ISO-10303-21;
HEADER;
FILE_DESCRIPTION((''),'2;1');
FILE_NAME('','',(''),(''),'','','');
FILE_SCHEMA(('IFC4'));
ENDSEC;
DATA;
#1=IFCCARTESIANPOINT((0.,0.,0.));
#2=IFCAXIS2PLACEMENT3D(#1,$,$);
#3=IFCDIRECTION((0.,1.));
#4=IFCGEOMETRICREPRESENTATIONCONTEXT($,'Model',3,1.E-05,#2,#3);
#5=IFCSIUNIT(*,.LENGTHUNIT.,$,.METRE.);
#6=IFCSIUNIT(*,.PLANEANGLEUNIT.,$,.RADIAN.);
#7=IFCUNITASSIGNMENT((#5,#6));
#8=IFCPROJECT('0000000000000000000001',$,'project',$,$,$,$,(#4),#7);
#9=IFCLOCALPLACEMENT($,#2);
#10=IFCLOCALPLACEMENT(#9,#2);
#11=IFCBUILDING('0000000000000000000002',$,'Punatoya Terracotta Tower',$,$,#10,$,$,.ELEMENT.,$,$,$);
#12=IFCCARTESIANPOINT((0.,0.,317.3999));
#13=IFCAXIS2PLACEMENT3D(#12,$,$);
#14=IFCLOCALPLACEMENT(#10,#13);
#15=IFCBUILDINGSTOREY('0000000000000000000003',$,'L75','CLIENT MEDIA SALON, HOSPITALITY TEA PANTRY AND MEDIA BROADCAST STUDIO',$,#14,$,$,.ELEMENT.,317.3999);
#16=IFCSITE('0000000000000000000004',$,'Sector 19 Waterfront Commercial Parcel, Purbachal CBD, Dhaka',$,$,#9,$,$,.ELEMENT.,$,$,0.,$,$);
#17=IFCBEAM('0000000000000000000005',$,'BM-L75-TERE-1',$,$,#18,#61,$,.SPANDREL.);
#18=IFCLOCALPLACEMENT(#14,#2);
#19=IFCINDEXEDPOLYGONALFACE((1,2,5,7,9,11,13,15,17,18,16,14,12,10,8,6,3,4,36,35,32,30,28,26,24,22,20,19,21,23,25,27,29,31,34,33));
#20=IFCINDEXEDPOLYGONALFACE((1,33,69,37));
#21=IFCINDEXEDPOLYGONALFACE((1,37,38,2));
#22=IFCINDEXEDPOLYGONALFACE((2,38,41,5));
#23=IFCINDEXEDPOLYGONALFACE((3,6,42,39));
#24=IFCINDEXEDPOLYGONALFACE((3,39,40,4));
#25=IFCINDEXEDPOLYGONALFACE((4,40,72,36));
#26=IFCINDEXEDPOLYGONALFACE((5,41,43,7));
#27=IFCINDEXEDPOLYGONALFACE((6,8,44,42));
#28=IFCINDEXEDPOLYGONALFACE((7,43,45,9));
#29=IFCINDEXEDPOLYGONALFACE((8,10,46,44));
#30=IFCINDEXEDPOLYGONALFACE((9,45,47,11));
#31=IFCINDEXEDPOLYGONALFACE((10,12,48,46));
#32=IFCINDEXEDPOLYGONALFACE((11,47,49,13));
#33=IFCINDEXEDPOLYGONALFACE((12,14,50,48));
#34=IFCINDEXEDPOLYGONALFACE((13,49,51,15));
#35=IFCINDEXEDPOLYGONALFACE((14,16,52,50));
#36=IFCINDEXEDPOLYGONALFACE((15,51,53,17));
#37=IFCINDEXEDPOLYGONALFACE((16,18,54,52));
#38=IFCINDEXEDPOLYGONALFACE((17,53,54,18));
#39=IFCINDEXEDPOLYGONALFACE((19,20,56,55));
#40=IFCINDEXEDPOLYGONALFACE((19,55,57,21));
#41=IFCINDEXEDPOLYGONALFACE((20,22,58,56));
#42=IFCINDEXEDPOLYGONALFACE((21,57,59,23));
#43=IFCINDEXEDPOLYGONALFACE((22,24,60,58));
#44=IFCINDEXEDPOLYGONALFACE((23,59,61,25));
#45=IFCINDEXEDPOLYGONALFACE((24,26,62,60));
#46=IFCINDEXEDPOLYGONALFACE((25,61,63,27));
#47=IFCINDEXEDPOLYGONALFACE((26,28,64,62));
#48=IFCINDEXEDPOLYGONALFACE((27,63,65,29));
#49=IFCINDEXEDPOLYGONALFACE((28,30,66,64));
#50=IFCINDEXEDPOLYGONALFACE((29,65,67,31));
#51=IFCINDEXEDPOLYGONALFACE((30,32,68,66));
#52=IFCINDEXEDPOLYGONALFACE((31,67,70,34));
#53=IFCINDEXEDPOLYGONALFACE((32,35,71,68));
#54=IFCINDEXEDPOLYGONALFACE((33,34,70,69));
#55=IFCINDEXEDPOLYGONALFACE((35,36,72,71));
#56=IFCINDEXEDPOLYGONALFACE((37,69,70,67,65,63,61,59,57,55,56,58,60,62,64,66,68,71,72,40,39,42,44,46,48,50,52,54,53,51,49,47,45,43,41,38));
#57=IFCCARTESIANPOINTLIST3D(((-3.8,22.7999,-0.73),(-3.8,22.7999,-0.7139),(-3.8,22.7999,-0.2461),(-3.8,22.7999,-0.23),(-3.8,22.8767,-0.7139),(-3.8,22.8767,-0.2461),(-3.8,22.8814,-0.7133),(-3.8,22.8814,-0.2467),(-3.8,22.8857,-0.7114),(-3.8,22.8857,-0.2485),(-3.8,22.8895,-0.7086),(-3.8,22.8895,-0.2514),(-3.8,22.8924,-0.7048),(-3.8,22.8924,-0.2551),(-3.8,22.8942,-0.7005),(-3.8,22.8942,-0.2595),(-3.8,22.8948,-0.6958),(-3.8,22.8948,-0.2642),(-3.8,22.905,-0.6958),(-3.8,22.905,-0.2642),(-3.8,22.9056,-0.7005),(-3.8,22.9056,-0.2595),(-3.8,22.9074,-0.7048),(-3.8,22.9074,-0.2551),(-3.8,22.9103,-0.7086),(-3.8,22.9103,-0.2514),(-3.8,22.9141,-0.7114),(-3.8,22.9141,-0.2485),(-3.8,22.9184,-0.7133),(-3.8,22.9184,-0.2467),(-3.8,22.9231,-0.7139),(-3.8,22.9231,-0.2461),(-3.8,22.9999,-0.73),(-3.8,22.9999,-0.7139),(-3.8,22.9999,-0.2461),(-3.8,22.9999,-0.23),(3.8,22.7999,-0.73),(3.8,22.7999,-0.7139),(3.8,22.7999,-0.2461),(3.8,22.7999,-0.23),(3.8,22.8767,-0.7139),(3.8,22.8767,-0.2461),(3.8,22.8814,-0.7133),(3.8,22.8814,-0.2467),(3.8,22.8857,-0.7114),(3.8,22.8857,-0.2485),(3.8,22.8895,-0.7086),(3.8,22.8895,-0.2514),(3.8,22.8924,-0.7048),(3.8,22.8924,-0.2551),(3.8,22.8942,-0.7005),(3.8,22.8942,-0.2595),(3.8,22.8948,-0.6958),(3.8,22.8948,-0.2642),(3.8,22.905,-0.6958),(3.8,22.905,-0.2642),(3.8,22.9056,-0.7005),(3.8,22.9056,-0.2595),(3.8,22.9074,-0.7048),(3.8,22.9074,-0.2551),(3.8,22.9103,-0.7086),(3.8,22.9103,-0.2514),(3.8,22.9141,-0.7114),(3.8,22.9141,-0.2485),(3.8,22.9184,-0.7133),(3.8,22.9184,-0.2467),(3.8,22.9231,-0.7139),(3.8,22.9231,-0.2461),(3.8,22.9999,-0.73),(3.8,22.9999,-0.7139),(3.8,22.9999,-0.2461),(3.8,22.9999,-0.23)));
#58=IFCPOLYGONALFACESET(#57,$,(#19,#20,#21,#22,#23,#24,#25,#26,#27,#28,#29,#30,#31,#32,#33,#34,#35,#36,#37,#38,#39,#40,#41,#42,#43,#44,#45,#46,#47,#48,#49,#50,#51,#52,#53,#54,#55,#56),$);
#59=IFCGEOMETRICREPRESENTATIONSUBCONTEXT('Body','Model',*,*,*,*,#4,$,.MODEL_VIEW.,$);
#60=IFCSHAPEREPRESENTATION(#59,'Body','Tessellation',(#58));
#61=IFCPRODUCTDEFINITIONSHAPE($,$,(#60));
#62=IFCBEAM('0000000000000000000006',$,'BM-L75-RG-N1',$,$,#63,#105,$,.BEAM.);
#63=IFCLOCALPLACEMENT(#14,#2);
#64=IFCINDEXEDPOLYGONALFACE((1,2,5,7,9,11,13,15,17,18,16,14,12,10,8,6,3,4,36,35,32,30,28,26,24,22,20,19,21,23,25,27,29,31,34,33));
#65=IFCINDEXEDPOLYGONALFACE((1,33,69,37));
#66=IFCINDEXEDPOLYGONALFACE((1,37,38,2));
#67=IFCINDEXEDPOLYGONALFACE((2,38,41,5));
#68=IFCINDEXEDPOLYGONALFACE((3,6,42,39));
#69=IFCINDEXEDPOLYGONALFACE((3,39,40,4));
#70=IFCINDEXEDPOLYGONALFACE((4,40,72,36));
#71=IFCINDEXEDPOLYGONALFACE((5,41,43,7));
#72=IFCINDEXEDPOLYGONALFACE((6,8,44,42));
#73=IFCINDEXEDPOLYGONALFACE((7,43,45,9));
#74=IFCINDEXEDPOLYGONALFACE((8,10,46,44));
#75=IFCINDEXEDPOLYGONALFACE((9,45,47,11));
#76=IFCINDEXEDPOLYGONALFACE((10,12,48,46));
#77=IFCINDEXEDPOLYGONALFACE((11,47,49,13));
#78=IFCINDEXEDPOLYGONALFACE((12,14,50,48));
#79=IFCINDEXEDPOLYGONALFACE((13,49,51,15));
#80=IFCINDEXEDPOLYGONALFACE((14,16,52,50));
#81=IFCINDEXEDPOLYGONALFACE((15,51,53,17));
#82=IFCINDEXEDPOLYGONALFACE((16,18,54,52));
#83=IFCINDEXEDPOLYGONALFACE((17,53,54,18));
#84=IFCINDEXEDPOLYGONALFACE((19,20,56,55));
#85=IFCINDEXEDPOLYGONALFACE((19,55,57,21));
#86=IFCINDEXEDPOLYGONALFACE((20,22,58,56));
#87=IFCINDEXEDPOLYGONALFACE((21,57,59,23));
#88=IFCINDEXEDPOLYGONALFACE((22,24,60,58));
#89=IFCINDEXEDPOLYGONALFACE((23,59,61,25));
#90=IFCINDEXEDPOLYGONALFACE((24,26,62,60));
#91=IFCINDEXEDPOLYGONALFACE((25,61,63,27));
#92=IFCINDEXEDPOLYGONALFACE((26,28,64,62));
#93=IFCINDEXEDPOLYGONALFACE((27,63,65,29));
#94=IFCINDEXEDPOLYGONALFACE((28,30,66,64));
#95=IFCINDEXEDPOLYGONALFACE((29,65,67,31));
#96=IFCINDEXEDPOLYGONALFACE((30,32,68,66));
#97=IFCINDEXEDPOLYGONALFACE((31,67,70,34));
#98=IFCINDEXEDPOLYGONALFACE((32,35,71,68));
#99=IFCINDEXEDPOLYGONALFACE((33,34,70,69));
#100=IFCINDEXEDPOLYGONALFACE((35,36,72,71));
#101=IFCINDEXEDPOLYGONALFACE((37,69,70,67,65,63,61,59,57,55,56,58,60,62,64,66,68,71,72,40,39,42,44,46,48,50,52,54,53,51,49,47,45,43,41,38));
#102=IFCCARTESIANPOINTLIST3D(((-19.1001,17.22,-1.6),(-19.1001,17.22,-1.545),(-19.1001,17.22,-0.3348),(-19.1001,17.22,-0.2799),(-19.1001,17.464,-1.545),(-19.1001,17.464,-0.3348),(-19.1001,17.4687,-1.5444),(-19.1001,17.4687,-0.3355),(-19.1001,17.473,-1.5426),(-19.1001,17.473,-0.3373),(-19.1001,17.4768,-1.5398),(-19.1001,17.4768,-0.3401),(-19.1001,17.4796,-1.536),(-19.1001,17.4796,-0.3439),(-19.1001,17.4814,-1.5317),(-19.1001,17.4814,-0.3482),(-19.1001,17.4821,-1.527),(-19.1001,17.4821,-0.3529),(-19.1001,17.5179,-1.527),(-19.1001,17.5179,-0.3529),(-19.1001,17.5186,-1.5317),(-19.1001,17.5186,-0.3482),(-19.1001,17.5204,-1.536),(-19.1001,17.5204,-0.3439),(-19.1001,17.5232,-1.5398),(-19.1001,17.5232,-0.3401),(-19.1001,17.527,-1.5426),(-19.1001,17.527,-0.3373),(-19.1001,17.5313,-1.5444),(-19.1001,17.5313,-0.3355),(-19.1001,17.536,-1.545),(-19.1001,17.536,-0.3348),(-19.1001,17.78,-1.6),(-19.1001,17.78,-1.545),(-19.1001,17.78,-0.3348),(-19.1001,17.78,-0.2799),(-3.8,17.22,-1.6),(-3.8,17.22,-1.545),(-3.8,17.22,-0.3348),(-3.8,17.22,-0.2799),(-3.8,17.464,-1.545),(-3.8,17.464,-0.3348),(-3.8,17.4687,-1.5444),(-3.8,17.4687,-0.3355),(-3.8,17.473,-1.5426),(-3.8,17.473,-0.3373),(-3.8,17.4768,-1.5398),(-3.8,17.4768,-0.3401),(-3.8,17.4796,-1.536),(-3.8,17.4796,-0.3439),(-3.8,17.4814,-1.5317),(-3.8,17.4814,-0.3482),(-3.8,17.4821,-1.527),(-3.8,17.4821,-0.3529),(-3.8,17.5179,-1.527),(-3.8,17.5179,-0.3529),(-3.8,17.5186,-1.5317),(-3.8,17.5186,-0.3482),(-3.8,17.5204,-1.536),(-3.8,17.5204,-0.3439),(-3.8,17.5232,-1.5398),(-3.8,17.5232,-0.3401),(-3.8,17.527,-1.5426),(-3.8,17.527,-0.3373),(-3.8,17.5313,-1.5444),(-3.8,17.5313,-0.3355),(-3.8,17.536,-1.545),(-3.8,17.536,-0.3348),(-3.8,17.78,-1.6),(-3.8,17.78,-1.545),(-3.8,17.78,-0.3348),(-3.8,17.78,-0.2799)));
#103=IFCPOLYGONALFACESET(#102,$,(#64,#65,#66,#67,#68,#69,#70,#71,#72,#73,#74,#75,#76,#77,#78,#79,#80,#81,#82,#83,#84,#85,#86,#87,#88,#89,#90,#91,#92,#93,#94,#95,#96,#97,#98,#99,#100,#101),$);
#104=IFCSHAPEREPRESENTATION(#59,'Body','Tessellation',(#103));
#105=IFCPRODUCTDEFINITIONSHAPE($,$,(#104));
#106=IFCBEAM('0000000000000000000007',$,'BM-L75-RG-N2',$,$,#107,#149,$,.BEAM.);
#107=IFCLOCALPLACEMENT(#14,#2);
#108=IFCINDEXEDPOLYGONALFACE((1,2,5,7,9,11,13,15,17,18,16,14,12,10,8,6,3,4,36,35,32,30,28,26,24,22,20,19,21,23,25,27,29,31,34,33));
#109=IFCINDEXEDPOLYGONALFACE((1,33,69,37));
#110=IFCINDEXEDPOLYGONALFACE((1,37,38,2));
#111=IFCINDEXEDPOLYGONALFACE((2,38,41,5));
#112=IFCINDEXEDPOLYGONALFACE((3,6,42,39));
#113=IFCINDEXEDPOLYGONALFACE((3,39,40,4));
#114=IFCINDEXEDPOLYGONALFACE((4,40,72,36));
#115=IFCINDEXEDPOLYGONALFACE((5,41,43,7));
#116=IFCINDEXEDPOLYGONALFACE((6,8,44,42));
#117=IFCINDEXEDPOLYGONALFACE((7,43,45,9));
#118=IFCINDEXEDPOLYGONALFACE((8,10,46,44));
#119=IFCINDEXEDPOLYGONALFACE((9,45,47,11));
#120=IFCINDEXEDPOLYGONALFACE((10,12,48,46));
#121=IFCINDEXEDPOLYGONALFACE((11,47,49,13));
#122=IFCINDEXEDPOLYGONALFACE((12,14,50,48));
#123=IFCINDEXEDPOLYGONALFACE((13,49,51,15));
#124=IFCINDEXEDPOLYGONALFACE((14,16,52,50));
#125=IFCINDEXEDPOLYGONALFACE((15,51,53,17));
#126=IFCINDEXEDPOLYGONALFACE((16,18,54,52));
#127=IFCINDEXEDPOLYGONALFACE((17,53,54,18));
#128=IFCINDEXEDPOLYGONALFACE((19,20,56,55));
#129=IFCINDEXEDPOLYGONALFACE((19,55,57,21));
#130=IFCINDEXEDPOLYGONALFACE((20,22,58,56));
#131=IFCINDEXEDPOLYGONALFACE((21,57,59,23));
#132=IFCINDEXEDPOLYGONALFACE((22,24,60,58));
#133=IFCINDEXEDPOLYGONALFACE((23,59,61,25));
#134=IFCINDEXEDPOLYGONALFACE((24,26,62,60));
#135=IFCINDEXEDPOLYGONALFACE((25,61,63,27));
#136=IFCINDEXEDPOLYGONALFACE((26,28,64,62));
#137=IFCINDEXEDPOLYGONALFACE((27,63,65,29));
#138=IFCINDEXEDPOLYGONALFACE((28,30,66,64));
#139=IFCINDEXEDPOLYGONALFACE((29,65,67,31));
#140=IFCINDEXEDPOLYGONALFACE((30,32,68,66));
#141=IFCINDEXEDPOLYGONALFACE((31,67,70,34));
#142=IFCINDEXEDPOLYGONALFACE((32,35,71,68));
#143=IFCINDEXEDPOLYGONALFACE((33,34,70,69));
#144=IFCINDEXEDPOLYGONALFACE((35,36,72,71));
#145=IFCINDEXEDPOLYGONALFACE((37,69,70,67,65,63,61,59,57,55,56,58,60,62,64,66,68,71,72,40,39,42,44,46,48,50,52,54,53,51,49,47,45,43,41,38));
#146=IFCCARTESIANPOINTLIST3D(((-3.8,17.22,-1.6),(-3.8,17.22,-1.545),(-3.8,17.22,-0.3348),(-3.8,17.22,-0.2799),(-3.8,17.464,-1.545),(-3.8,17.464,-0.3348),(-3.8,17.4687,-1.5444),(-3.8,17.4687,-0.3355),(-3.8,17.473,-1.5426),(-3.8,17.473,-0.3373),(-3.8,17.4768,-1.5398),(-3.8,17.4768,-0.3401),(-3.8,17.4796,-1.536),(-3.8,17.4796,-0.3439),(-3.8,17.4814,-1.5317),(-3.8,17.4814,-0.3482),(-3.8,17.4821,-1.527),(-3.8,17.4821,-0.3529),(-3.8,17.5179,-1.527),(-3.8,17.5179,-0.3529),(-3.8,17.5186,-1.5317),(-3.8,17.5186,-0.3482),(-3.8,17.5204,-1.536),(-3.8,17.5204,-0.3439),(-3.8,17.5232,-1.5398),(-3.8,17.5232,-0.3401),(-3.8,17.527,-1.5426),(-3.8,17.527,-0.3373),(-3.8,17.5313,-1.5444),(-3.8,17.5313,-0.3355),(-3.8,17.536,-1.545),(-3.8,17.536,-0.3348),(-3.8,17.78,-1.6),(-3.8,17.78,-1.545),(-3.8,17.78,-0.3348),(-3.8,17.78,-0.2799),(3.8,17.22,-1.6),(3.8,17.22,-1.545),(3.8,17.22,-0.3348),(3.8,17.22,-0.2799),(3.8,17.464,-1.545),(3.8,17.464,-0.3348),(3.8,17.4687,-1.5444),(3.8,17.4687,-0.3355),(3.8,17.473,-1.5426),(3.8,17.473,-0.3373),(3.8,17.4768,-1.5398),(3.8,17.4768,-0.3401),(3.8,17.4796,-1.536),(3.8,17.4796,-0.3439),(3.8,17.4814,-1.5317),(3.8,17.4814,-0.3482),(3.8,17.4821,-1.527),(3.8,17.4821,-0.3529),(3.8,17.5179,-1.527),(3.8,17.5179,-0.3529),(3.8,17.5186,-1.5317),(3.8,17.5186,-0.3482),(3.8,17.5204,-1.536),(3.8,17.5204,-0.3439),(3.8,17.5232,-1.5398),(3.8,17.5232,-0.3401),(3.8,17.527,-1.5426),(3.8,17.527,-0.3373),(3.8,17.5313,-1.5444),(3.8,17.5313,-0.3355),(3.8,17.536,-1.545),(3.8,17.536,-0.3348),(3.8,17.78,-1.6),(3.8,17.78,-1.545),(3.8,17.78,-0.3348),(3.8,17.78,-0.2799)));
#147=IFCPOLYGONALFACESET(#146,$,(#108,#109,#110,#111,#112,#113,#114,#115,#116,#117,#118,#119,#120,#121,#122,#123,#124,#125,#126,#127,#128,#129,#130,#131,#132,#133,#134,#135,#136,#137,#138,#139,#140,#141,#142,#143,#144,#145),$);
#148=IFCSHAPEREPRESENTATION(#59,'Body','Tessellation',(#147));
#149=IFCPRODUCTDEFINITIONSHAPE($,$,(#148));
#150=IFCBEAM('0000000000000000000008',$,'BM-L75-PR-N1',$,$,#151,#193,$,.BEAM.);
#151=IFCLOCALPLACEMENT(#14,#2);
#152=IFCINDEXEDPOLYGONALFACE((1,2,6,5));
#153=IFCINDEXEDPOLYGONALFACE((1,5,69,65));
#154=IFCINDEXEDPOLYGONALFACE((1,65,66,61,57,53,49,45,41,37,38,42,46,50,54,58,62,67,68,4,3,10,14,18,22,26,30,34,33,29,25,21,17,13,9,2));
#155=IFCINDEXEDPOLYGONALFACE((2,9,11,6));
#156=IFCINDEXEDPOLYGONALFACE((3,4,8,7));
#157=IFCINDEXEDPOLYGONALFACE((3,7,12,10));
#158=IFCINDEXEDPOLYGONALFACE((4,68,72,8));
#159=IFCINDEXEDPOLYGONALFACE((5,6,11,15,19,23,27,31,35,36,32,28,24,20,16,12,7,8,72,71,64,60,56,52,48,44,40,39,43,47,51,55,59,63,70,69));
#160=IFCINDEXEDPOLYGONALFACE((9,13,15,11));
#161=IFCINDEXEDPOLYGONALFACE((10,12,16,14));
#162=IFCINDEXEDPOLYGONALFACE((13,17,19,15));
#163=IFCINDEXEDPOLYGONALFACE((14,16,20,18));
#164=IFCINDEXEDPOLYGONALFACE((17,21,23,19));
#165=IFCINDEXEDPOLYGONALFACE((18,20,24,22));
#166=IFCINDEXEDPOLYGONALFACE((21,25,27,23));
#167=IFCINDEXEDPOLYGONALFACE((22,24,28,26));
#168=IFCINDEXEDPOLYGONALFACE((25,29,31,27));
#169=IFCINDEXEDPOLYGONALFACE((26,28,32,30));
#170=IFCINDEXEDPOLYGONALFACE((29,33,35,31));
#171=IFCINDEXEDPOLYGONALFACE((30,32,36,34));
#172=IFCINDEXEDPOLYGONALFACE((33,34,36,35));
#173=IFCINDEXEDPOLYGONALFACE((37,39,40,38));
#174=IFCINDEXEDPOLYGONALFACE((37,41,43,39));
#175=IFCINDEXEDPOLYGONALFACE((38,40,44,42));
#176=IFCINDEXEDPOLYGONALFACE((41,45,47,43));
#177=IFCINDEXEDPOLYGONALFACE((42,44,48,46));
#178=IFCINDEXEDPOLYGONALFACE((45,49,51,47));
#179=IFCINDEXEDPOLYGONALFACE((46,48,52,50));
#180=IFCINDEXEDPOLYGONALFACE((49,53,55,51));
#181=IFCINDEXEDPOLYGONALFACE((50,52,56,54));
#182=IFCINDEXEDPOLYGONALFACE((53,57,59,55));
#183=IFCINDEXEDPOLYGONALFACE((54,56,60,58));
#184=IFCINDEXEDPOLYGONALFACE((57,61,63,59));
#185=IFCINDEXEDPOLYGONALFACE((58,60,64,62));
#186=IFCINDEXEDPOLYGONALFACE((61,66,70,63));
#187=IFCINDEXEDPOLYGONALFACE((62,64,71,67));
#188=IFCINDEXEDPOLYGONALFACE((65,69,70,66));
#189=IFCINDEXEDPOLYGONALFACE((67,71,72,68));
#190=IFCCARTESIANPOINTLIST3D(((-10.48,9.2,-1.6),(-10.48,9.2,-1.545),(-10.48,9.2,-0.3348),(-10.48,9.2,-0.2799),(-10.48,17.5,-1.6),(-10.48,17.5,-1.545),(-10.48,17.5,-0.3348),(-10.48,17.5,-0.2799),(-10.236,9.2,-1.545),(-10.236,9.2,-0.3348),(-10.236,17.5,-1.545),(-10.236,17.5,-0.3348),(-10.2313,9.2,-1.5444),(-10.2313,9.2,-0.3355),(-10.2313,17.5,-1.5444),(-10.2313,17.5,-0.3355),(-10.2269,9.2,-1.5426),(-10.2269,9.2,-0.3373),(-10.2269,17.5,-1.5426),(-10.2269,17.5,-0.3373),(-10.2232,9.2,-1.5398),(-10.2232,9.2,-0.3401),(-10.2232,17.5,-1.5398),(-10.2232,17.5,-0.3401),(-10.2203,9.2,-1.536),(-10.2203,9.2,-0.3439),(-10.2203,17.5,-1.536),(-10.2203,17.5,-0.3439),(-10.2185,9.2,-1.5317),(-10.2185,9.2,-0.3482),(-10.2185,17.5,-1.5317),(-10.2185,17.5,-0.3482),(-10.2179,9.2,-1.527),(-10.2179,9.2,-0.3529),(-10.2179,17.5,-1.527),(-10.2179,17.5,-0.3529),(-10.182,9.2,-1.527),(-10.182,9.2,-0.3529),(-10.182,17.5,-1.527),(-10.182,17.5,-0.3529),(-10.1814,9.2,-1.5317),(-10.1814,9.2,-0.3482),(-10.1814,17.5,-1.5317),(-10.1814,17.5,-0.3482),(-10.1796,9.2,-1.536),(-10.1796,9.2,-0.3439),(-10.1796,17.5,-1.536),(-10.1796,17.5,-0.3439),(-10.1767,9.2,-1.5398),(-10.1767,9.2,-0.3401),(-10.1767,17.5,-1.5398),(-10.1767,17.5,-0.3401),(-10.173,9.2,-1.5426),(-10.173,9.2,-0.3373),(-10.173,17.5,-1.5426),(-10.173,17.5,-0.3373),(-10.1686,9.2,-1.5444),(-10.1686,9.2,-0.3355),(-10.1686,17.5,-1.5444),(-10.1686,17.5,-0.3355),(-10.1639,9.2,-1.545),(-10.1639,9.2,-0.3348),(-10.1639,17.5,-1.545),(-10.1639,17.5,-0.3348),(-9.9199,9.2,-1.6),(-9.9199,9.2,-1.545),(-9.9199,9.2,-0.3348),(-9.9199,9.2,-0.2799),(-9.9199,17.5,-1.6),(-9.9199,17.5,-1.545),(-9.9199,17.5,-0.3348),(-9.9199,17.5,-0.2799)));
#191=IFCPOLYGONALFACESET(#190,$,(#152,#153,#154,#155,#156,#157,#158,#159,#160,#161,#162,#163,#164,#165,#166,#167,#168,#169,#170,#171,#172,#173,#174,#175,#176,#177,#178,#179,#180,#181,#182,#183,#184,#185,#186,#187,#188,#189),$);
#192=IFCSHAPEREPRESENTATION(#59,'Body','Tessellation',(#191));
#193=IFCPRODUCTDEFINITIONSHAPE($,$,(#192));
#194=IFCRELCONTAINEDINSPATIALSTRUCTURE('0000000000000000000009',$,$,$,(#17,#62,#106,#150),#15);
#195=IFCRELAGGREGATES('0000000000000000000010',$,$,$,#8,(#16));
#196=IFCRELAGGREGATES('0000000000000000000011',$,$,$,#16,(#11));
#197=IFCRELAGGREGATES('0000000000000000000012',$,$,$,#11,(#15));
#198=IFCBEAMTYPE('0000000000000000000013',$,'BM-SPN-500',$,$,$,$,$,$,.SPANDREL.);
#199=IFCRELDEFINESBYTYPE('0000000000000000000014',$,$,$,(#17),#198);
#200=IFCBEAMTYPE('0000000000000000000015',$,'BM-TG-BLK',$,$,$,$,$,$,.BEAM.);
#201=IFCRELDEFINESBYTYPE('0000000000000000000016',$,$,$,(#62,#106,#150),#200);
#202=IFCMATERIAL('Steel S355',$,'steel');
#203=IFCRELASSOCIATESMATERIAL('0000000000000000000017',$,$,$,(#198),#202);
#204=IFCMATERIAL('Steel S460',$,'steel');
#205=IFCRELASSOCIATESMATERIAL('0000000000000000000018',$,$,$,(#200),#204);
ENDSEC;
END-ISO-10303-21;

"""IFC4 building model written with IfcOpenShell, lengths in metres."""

from ifc_helpers import new_model, si_unit, direction, frame, origin, origin_2d, place, context, subcontext, project, spatial, i_section, extrude, material, material_profile, profile_set, type_object, element, save


model = new_model("IFC4")

# Units and contexts
model_context = context("Model", 3, precision=1e-05, world=origin(), true_north=direction((0.0, 1.0)))
body_context = subcontext(model_context, "Body", "Model", "MODEL_VIEW")
ifc_project = project(units=[si_unit("LENGTHUNIT", "METRE"), si_unit("PLANEANGLEUNIT", "RADIAN")], contexts=[model_context])

# Site, building, storey
site_placement = place(None, origin())
site = spatial("IfcSite", under=ifc_project, at=site_placement, Name="Sector 19 Waterfront Commercial Parcel, Purbachal CBD, Dhaka", CompositionType="ELEMENT", RefElevation=0.0)
building_placement = place(site_placement, origin())
building = spatial("IfcBuilding", under=site, at=building_placement, Name="Punatoya Terracotta Tower", CompositionType="ELEMENT")
storey_placement = place(building_placement, frame((0.0, 0.0, 317.3999)))
storey = spatial("IfcBuildingStorey", under=building, at=storey_placement, Name="L75", Description="CLIENT MEDIA SALON, HOSPITALITY TEA PANTRY AND MEDIA BROADCAST STUDIO", CompositionType="ELEMENT", Elevation=317.3999)

# Shared definitions
ifc_material_1 = material(Name="Steel S460", Category="steel")

# Beams
ifc_material_2 = material(Name="Steel S355", Category="steel")
ifc_material_profile_1 = material_profile(ifc_material_2, i_section(OverallWidth=0.2, OverallDepth=0.5, WebThickness=0.0103, FlangeThickness=0.0161, FilletRadius=0.0181, at=origin_2d()))
ifc_profile_set_1 = profile_set([ifc_material_profile_1], Name="Steel S355")
beam_type_1 = type_object("IfcBeamType", Name="BM-SPN-500", PredefinedType="SPANDREL", material=ifc_profile_set_1)
beam_1_placement = place(storey_placement, frame((-3.8, 22.8999, -0.48), z_axis=(1.0, 0.0, 0.0), x_axis=(0.0, 1.0, 0.0)))
element("IfcBeam", 1, at=beam_1_placement, inside=storey, type_object=beam_type_1, Name="BM-L75-TERE-1", PredefinedType="SPANDREL", context=body_context, shape_type="SweptSolid", body=[
    extrude(i_section(OverallWidth=0.2, OverallDepth=0.5, WebThickness=0.0103, FlangeThickness=0.0161, FilletRadius=0.0181, at=origin_2d()), origin(), (0.0, 0.0, 1.0), 7.6001),
])
ifc_material_profile_2 = material_profile(ifc_material_1, i_section(OverallWidth=0.5601, OverallDepth=1.3201, WebThickness=0.0359, FlangeThickness=0.0549, FilletRadius=0.0181, at=origin_2d()))
ifc_profile_set_2 = profile_set([ifc_material_profile_2], Name="Steel S460")
beam_type_2 = type_object("IfcBeamType", Name="BM-TG-BLK", PredefinedType="BEAM", material=ifc_profile_set_2)
beam_2_placement = place(storey_placement, frame((-19.1001, 17.5, -0.9399), z_axis=(1.0, 0.0, 0.0), x_axis=(0.0, 1.0, 0.0)))
element("IfcBeam", 2, at=beam_2_placement, inside=storey, type_object=beam_type_2, Name="BM-L75-RG-N1", PredefinedType="BEAM", context=body_context, shape_type="SweptSolid", body=[
    extrude(i_section(OverallWidth=0.5601, OverallDepth=1.3201, WebThickness=0.0359, FlangeThickness=0.0549, FilletRadius=0.0181, at=origin_2d()), origin(), (0.0, 0.0, 1.0), 15.3),
])
beam_3_placement = place(storey_placement, frame((-3.8, 17.5, -0.9399), z_axis=(1.0, 0.0, 0.0), x_axis=(0.0, 1.0, 0.0)))
element("IfcBeam", 3, at=beam_3_placement, inside=storey, type_object=beam_type_2, Name="BM-L75-RG-N2", PredefinedType="BEAM", context=body_context, shape_type="SweptSolid", body=[
    extrude(i_section(OverallWidth=0.5601, OverallDepth=1.3201, WebThickness=0.0359, FlangeThickness=0.0549, FilletRadius=0.0181, at=origin_2d()), origin(), (0.0, 0.0, 1.0), 7.6001),
])
for number, where, z_axis, x_axis, name in (
    (4, (-10.2, 9.2, -0.9399), (0.0, 1.0, 0.0), (-1.0, 0.0, 0.0), "BM-L75-PR-N1"),
):
    element("IfcBeam", number, at=place(storey_placement, frame(where, z_axis=z_axis, x_axis=x_axis)), inside=storey, type_object=beam_type_2, Name=name, PredefinedType="BEAM", context=body_context, shape_type="SweptSolid", body=[
        extrude(i_section(OverallWidth=0.5601, OverallDepth=1.3201, WebThickness=0.0359, FlangeThickness=0.0549, FilletRadius=0.0181, at=origin_2d()), origin(), (0.0, 0.0, 1.0), 8.3),
    ])

save(model, "model.ifc")
